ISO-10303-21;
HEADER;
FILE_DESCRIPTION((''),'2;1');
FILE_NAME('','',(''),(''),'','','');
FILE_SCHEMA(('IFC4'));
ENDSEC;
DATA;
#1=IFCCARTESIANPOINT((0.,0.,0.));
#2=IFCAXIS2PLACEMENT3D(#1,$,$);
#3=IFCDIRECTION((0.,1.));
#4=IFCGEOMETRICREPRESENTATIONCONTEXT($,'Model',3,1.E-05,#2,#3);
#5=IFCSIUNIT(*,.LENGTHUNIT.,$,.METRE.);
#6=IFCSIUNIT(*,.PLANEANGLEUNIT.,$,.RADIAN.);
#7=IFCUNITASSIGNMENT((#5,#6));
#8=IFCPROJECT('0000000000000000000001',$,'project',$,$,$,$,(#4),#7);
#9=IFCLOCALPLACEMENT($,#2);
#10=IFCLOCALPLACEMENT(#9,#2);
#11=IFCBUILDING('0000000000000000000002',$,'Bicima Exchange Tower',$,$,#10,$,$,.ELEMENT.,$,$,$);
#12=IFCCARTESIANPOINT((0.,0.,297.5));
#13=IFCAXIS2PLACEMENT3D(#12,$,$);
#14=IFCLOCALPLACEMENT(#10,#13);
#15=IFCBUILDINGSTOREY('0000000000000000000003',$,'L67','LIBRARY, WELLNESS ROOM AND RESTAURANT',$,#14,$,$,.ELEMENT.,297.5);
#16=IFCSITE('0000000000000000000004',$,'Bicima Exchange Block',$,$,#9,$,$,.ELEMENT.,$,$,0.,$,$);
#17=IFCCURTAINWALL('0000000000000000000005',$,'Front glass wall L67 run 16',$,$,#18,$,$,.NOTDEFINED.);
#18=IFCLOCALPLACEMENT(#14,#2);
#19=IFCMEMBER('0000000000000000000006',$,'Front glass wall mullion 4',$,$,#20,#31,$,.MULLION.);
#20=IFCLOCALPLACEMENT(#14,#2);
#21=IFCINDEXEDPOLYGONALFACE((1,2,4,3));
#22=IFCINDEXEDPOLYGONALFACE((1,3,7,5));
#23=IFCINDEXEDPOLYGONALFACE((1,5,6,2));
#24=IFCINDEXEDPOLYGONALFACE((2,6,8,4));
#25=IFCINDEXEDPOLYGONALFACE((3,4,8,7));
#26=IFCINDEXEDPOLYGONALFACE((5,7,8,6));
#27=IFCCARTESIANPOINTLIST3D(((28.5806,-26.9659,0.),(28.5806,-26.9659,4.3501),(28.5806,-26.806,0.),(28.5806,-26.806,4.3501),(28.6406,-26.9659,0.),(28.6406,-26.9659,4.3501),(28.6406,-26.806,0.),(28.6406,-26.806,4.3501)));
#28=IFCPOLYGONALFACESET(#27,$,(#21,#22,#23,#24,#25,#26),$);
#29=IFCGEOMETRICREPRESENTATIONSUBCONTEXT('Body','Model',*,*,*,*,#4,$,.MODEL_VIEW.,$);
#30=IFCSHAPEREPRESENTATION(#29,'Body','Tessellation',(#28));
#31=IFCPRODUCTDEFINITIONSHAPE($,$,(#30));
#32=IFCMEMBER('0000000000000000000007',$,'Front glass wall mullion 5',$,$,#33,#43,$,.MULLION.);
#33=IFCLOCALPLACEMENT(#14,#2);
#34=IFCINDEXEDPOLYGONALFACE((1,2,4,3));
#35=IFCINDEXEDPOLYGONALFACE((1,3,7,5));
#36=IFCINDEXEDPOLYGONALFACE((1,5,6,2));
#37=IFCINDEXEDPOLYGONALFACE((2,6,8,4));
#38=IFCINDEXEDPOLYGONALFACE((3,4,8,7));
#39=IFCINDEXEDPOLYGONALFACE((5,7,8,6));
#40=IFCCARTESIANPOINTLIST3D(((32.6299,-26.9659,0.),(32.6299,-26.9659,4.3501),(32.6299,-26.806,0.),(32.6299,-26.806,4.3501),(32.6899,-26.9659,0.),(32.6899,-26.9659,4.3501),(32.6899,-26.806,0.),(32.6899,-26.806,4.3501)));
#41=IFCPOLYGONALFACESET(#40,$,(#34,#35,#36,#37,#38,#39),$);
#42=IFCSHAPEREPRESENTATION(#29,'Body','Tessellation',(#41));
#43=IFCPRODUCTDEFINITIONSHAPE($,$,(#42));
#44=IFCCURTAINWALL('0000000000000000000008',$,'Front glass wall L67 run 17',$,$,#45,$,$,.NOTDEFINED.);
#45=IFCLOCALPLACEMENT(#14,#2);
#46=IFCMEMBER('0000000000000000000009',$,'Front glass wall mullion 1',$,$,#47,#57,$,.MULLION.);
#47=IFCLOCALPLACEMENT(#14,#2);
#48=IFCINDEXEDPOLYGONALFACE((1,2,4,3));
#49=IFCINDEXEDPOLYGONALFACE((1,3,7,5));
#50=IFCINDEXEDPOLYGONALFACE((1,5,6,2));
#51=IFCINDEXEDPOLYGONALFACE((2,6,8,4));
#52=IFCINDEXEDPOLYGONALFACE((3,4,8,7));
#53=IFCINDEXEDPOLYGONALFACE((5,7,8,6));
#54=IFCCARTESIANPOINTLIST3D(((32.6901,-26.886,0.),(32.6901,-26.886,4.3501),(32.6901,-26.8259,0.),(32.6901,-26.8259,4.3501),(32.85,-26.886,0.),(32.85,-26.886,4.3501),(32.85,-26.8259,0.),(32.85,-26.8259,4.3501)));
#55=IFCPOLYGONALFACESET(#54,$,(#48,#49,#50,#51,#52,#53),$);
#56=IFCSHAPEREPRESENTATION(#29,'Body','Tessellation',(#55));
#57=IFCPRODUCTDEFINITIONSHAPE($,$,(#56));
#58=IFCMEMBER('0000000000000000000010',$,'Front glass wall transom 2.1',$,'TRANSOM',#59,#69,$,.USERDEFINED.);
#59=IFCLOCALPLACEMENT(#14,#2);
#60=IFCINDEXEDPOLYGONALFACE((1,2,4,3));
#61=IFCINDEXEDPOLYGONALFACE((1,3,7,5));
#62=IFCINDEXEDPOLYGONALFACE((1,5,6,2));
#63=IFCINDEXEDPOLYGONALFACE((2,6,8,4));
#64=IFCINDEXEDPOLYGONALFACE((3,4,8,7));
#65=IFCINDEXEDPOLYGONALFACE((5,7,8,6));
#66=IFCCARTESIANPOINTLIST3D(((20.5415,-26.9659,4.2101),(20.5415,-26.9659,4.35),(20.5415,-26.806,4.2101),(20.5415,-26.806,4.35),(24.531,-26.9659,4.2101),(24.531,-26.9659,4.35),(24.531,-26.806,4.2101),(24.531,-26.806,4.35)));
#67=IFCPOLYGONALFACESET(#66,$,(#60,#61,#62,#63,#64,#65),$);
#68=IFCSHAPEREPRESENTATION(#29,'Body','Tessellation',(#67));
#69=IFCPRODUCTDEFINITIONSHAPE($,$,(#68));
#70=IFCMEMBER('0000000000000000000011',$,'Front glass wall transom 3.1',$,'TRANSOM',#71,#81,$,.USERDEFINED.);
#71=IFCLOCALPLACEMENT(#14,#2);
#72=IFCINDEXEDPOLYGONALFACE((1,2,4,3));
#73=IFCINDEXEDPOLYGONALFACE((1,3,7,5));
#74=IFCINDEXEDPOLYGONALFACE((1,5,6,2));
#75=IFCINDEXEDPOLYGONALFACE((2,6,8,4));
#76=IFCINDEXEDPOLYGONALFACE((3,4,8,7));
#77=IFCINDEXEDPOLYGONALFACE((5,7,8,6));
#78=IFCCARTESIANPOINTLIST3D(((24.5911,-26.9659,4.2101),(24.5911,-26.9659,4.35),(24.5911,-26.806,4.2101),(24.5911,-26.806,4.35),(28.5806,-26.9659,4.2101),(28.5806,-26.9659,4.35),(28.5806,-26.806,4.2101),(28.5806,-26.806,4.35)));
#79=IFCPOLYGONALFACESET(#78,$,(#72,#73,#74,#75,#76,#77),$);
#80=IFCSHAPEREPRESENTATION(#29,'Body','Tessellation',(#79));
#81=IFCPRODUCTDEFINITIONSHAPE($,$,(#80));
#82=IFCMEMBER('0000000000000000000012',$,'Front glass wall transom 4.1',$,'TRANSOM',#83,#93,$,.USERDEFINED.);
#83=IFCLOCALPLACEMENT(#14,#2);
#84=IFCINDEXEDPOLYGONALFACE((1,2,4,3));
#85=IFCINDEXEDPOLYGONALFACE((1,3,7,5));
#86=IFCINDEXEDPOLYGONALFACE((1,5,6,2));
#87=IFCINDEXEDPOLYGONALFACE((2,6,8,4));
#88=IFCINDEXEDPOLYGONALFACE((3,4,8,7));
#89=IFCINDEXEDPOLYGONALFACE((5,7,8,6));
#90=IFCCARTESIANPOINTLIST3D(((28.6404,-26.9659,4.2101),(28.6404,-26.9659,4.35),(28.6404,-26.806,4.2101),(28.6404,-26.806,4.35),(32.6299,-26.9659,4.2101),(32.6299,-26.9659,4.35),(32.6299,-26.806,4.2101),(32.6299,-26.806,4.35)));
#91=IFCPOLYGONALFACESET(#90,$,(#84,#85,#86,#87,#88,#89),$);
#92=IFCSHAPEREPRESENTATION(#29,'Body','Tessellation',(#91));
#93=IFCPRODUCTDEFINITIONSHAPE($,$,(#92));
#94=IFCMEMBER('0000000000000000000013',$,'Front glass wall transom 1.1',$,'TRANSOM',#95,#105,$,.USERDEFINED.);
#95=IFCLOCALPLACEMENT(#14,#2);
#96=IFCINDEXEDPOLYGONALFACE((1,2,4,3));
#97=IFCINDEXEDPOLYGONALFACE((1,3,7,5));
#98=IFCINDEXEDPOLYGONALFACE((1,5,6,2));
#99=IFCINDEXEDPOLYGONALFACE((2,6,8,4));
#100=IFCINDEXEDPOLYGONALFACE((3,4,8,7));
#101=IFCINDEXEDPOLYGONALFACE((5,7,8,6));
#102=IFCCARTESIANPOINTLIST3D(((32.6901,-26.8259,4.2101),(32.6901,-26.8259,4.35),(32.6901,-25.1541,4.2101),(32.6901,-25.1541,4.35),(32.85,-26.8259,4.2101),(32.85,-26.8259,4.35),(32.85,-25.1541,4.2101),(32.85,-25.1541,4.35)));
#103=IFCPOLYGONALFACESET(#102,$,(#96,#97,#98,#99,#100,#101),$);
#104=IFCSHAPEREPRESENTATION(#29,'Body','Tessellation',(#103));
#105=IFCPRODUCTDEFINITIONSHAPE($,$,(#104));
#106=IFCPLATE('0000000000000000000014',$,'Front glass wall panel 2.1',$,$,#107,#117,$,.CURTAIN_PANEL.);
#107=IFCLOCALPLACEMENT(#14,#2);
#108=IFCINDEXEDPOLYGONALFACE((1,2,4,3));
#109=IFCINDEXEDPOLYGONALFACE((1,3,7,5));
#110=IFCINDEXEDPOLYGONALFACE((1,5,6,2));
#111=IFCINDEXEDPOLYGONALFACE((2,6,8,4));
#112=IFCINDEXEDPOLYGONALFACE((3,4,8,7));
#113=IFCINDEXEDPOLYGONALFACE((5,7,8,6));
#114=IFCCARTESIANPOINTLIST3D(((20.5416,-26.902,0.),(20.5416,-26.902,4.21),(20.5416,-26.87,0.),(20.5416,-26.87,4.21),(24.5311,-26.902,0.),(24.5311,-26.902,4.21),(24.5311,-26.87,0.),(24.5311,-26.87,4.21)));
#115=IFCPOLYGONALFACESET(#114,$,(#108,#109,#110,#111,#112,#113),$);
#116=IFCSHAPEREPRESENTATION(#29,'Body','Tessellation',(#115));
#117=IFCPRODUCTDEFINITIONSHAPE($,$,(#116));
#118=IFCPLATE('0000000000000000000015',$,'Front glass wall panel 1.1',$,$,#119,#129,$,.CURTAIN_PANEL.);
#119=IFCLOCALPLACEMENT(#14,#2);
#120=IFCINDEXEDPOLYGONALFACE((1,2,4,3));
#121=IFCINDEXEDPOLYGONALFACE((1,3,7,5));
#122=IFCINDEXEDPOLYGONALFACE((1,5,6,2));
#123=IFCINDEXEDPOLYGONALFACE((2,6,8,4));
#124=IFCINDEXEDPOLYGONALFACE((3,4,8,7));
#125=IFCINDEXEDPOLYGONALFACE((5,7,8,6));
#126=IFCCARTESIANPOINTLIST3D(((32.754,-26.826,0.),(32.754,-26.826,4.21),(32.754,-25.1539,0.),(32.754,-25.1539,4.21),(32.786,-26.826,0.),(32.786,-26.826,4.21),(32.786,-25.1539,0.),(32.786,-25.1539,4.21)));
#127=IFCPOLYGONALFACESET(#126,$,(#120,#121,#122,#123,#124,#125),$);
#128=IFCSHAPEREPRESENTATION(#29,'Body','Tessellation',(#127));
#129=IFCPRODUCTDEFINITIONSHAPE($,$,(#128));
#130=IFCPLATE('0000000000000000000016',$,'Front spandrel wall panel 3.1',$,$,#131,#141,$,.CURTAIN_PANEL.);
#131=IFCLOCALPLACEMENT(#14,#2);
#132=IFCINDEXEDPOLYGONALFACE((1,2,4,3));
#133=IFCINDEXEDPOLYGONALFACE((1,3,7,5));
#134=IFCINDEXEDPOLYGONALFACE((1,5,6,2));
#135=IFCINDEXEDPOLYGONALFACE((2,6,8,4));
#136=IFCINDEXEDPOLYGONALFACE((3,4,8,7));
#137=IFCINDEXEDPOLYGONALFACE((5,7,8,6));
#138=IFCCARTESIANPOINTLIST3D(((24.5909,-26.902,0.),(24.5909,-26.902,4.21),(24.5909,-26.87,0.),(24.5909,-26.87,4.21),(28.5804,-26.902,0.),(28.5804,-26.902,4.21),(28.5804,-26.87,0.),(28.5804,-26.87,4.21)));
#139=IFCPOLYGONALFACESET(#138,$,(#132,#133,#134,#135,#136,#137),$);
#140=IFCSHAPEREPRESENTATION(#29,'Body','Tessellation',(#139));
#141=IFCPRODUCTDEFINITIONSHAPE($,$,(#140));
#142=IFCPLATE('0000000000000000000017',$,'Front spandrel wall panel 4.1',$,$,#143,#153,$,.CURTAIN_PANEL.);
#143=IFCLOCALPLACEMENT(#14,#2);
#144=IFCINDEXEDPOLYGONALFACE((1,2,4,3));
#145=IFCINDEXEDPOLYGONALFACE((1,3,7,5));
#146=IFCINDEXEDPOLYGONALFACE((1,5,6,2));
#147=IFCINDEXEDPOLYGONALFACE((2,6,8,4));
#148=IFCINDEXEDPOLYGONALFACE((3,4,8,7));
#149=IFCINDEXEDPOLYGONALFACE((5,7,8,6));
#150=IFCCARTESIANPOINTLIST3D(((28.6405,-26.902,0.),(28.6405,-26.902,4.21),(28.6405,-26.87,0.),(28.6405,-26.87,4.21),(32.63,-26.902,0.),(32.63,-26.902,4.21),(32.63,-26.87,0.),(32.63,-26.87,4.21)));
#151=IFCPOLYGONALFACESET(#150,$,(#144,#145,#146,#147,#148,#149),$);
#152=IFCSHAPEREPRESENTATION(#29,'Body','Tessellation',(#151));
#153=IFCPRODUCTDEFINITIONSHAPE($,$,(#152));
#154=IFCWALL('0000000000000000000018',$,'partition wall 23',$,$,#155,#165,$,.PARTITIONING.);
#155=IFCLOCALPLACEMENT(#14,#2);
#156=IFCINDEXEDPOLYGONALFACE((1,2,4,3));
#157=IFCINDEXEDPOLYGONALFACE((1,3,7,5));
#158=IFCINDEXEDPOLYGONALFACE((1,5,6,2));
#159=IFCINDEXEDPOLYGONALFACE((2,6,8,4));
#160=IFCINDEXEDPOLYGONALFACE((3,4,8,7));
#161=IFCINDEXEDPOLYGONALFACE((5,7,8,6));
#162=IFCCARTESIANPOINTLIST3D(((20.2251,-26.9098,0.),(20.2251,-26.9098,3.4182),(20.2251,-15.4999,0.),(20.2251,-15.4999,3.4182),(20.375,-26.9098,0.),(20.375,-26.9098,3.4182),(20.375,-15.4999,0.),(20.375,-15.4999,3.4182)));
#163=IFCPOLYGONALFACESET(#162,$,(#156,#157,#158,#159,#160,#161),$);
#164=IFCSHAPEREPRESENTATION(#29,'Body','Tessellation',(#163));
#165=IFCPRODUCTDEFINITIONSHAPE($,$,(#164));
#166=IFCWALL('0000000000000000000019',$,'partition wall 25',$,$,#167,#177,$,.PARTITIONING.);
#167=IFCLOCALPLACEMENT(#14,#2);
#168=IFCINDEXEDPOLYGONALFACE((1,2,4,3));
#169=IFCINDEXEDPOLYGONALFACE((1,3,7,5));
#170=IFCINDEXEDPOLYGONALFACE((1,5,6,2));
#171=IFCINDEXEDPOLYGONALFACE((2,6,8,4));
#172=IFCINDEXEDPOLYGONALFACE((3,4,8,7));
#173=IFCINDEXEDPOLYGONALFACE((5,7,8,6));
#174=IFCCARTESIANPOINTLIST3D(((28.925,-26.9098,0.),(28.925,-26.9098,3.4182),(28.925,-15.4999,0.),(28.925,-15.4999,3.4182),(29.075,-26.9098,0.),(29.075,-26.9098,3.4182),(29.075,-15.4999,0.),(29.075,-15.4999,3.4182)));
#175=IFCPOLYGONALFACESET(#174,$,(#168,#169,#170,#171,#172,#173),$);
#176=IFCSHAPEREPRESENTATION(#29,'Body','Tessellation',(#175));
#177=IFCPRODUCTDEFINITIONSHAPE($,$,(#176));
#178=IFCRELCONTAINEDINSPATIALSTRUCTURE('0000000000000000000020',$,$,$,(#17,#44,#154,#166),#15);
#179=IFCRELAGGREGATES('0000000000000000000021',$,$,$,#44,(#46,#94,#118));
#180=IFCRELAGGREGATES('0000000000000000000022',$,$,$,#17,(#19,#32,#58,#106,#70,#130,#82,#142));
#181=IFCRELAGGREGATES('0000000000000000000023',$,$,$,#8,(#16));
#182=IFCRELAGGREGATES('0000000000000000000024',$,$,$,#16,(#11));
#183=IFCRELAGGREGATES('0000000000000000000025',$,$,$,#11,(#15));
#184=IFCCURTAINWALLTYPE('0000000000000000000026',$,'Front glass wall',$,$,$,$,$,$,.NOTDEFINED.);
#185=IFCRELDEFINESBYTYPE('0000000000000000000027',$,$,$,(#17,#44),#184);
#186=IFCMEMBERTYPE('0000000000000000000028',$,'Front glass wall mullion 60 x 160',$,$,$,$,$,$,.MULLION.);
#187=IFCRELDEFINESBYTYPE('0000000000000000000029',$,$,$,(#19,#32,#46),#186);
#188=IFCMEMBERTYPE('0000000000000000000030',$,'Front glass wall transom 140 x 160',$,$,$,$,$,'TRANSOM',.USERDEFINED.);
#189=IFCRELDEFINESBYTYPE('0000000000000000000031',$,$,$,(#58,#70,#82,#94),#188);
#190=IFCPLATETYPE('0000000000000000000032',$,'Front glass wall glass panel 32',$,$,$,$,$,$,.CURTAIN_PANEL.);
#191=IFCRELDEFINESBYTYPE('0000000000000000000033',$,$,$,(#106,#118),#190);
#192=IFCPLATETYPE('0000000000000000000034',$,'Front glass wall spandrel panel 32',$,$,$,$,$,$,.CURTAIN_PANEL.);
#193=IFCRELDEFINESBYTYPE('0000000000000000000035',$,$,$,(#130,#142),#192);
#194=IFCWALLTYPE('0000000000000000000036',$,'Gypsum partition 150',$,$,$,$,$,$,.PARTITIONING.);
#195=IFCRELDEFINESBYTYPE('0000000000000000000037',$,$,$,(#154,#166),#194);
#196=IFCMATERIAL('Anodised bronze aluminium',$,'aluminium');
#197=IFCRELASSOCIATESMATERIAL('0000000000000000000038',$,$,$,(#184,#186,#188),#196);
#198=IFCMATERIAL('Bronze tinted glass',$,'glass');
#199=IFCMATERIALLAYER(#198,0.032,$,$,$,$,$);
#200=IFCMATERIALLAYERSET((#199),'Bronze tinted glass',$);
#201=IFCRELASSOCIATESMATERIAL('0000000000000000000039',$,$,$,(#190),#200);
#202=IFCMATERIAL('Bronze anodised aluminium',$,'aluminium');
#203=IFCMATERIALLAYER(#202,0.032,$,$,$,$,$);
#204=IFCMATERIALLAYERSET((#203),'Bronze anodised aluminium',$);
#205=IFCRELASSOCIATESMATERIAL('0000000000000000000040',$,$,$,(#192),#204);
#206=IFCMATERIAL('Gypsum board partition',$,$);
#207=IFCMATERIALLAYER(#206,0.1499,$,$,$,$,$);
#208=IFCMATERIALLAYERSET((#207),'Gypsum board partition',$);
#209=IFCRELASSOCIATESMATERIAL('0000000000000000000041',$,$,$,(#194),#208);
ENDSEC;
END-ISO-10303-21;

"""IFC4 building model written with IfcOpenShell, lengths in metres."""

from ifc_helpers import new_model, si_unit, direction, frame, frame_2d, origin, origin_2d, place, context, subcontext, project, spatial, rectangle, extrude, material, layer, layer_set, material_profile, profile_set, type_object, element, aggregate, save


model = new_model("IFC4")

# Units and contexts
model_context = context("Model", 3, precision=1e-05, world=origin(), true_north=direction((0.0, 1.0)))
body_context = subcontext(model_context, "Body", "Model", "MODEL_VIEW")
ifc_project = project(units=[si_unit("LENGTHUNIT", "METRE"), si_unit("PLANEANGLEUNIT", "RADIAN")], contexts=[model_context])

# Site, building, storey
site_placement = place(None, origin())
site = spatial("IfcSite", under=ifc_project, at=site_placement, Name="Bicima Exchange Block", CompositionType="ELEMENT", RefElevation=0.0)
building_placement = place(site_placement, origin())
building = spatial("IfcBuilding", under=site, at=building_placement, Name="Bicima Exchange Tower", CompositionType="ELEMENT")
storey_placement = place(building_placement, frame((0.0, 0.0, 297.5)))
storey = spatial("IfcBuildingStorey", under=building, at=storey_placement, Name="L67", Description="LIBRARY, WELLNESS ROOM AND RESTAURANT", CompositionType="ELEMENT", Elevation=297.5)

# Curtain wall, members
ifc_material_1 = material(Name="Anodised bronze aluminium", Category="aluminium")
curtain_wall_type = type_object("IfcCurtainWallType", Name="Front glass wall", PredefinedType="NOTDEFINED", material=ifc_material_1)
curtain_wall_1_placement = place(storey_placement, origin())
curtain_wall_1 = element("IfcCurtainWall", 1, at=curtain_wall_1_placement, inside=storey, type_object=curtain_wall_type, Name="Front glass wall L67 run 16", PredefinedType="NOTDEFINED")
ifc_material_profile_1 = material_profile(ifc_material_1, rectangle(XDim=0.1599, YDim=0.0601, at=origin_2d()))
ifc_profile_set_1 = profile_set([ifc_material_profile_1], Name="Anodised bronze aluminium")
member_type_1 = type_object("IfcMemberType", Name="Front glass wall mullion 60 x 160", PredefinedType="MULLION", material=ifc_profile_set_1)
member_1_placement = place(storey_placement, frame((28.6106, -26.886, 0.0), z_axis=(0.0, 0.0, 1.0), x_axis=(0.0, 1.0, 0.0)))
member_1 = element("IfcMember", 2, at=member_1_placement, type_object=member_type_1, Name="Front glass wall mullion 4", PredefinedType="MULLION", context=body_context, shape_type="SweptSolid", body=[
    extrude(rectangle(XDim=0.1599, YDim=0.0601, at=origin_2d()), origin(), (0.0, 0.0, 1.0), 4.3501),
])
member_2_placement = place(storey_placement, frame((32.6599, -26.886, 0.0), z_axis=(0.0, 0.0, 1.0), x_axis=(0.0, 1.0, 0.0)))
member_2 = element("IfcMember", 3, at=member_2_placement, type_object=member_type_1, Name="Front glass wall mullion 5", PredefinedType="MULLION", context=body_context, shape_type="SweptSolid", body=[
    extrude(rectangle(XDim=0.1599, YDim=0.0601, at=origin_2d()), origin(), (0.0, 0.0, 1.0), 4.3501),
])

# Curtain wall, member
curtain_wall_2_placement = place(storey_placement, origin())
curtain_wall_2 = element("IfcCurtainWall", 4, at=curtain_wall_2_placement, inside=storey, type_object=curtain_wall_type, Name="Front glass wall L67 run 17", PredefinedType="NOTDEFINED")
member_3_placement = place(storey_placement, frame((32.77, -26.856, 0.0), z_axis=(0.0, 0.0, 1.0), x_axis=(-1.0, 0.0, 0.0)))
member_3 = element("IfcMember", 5, at=member_3_placement, type_object=member_type_1, Name="Front glass wall mullion 1", PredefinedType="MULLION", context=body_context, shape_type="SweptSolid", body=[
    extrude(rectangle(XDim=0.1599, YDim=0.0601, at=origin_2d()), origin(), (0.0, 0.0, 1.0), 4.3501),
])

# Members
ifc_material_profile_2 = material_profile(ifc_material_1, rectangle(XDim=0.1599, YDim=0.1399, at=origin_2d()))
ifc_profile_set_2 = profile_set([ifc_material_profile_2], Name="Anodised bronze aluminium")
member_type_2 = type_object("IfcMemberType", Name="Front glass wall transom 140 x 160", ElementType="TRANSOM", PredefinedType="USERDEFINED", material=ifc_profile_set_2)
member_4_placement = place(storey_placement, frame((20.5415, -26.886, 4.28), z_axis=(1.0, 0.0, 0.0), x_axis=(0.0, 1.0, 0.0)))
member_4 = element("IfcMember", 6, at=member_4_placement, type_object=member_type_2, Name="Front glass wall transom 2.1", ObjectType="TRANSOM", PredefinedType="USERDEFINED", context=body_context, shape_type="SweptSolid", body=[
    extrude(rectangle(XDim=0.1599, YDim=0.1399, at=origin_2d()), origin(), (0.0, 0.0, 1.0), 3.9895),
])
member_5_placement = place(storey_placement, frame((24.5911, -26.886, 4.28), z_axis=(1.0, 0.0, 0.0), x_axis=(0.0, 1.0, 0.0)))
member_5 = element("IfcMember", 7, at=member_5_placement, type_object=member_type_2, Name="Front glass wall transom 3.1", ObjectType="TRANSOM", PredefinedType="USERDEFINED", context=body_context, shape_type="SweptSolid", body=[
    extrude(rectangle(XDim=0.1599, YDim=0.1399, at=origin_2d()), origin(), (0.0, 0.0, 1.0), 3.9895),
])
member_6_placement = place(storey_placement, frame((28.6404, -26.886, 4.28), z_axis=(1.0, 0.0, 0.0), x_axis=(0.0, 1.0, 0.0)))
member_6 = element("IfcMember", 8, at=member_6_placement, type_object=member_type_2, Name="Front glass wall transom 4.1", ObjectType="TRANSOM", PredefinedType="USERDEFINED", context=body_context, shape_type="SweptSolid", body=[
    extrude(rectangle(XDim=0.1599, YDim=0.1399, at=origin_2d()), origin(), (0.0, 0.0, 1.0), 3.9895),
])
member_7_placement = place(storey_placement, frame((32.77, -26.8259, 4.28), z_axis=(0.0, 1.0, 0.0), x_axis=(-1.0, 0.0, 0.0)))
member_7 = element("IfcMember", 9, at=member_7_placement, type_object=member_type_2, Name="Front glass wall transom 1.1", ObjectType="TRANSOM", PredefinedType="USERDEFINED", context=body_context, shape_type="SweptSolid", body=[
    extrude(rectangle(XDim=0.1599, YDim=0.1399, at=origin_2d()), origin(), (0.0, 0.0, 1.0), 1.6719),
])

# Plates
ifc_material_2 = material(Name="Bronze tinted glass", Category="glass")
ifc_layer_1 = layer(ifc_material_2, 0.032)
ifc_layer_set_1 = layer_set([ifc_layer_1], Name="Bronze tinted glass")
plate_type_1 = type_object("IfcPlateType", Name="Front glass wall glass panel 32", PredefinedType="CURTAIN_PANEL", material=ifc_layer_set_1)
plate_1_placement = place(storey_placement, frame((22.5364, -26.886, 0.0), z_axis=(0.0, 0.0, 1.0), x_axis=(1.0, 0.0, 0.0)))
plate_1 = element("IfcPlate", 10, at=plate_1_placement, type_object=plate_type_1, Name="Front glass wall panel 2.1", PredefinedType="CURTAIN_PANEL", context=body_context, shape_type="SweptSolid", body=[
    extrude(rectangle(XDim=3.9895, YDim=0.032, at=origin_2d()), origin(), (0.0, 0.0, 1.0), 4.21),
])
plate_2_placement = place(storey_placement, frame((32.77, -25.99, 0.0), z_axis=(0.0, 0.0, 1.0), x_axis=(0.0, 1.0, 0.0)))
plate_2 = element("IfcPlate", 11, at=plate_2_placement, type_object=plate_type_1, Name="Front glass wall panel 1.1", PredefinedType="CURTAIN_PANEL", context=body_context, shape_type="SweptSolid", body=[
    extrude(rectangle(XDim=1.6721, YDim=0.032, at=origin_2d()), origin(), (0.0, 0.0, 1.0), 4.21),
])
aggregate(curtain_wall_2, [member_3, member_7, plate_2])
ifc_material_3 = material(Name="Bronze anodised aluminium", Category="aluminium")
ifc_layer_2 = layer(ifc_material_3, 0.032)
ifc_layer_set_2 = layer_set([ifc_layer_2], Name="Bronze anodised aluminium")
plate_type_2 = type_object("IfcPlateType", Name="Front glass wall spandrel panel 32", PredefinedType="CURTAIN_PANEL", material=ifc_layer_set_2)
plate_3_placement = place(storey_placement, frame((26.5857, -26.886, 0.0), z_axis=(0.0, 0.0, 1.0), x_axis=(1.0, 0.0, 0.0)))
plate_3 = element("IfcPlate", 12, at=plate_3_placement, type_object=plate_type_2, Name="Front spandrel wall panel 3.1", PredefinedType="CURTAIN_PANEL", context=body_context, shape_type="SweptSolid", body=[
    extrude(rectangle(XDim=3.9895, YDim=0.032, at=origin_2d()), origin(), (0.0, 0.0, 1.0), 4.21),
])
plate_4_placement = place(storey_placement, frame((30.6353, -26.886, 0.0), z_axis=(0.0, 0.0, 1.0), x_axis=(1.0, 0.0, 0.0)))
plate_4 = element("IfcPlate", 13, at=plate_4_placement, type_object=plate_type_2, Name="Front spandrel wall panel 4.1", PredefinedType="CURTAIN_PANEL", context=body_context, shape_type="SweptSolid", body=[
    extrude(rectangle(XDim=3.9895, YDim=0.032, at=origin_2d()), origin(), (0.0, 0.0, 1.0), 4.21),
])
aggregate(curtain_wall_1, [member_1, member_2, member_4, plate_1, member_5, plate_3, member_6, plate_4])

# Walls
ifc_material_4 = material(Name="Gypsum board partition")
ifc_layer_3 = layer(ifc_material_4, 0.1499)
ifc_layer_set_3 = layer_set([ifc_layer_3], Name="Gypsum board partition")
wall_type = type_object("IfcWallType", Name="Gypsum partition 150", PredefinedType="PARTITIONING", material=ifc_layer_set_3)
for number, where, z_axis, x_axis, name in (
    (14, (20.3, -26.9099, 0.0), (0.0, 0.0, 1.0), (0.0, 1.0, 0.0), "partition wall 23"),
    (15, (29.0, -26.9099, 0.0), (0.0, 0.0, 1.0), (0.0, 1.0, 0.0), "partition wall 25"),
):
    element("IfcWall", number, at=place(storey_placement, frame(where, z_axis=z_axis, x_axis=x_axis)), inside=storey, type_object=wall_type, Name=name, PredefinedType="PARTITIONING", context=body_context, shape_type="SweptSolid", body=[
        extrude(rectangle(XDim=11.4099, YDim=0.1499, at=frame_2d((5.7051, 0.0))), origin(), (0.0, 0.0, 1.0), 3.4182),
    ])

save(model, "model.ifc")
